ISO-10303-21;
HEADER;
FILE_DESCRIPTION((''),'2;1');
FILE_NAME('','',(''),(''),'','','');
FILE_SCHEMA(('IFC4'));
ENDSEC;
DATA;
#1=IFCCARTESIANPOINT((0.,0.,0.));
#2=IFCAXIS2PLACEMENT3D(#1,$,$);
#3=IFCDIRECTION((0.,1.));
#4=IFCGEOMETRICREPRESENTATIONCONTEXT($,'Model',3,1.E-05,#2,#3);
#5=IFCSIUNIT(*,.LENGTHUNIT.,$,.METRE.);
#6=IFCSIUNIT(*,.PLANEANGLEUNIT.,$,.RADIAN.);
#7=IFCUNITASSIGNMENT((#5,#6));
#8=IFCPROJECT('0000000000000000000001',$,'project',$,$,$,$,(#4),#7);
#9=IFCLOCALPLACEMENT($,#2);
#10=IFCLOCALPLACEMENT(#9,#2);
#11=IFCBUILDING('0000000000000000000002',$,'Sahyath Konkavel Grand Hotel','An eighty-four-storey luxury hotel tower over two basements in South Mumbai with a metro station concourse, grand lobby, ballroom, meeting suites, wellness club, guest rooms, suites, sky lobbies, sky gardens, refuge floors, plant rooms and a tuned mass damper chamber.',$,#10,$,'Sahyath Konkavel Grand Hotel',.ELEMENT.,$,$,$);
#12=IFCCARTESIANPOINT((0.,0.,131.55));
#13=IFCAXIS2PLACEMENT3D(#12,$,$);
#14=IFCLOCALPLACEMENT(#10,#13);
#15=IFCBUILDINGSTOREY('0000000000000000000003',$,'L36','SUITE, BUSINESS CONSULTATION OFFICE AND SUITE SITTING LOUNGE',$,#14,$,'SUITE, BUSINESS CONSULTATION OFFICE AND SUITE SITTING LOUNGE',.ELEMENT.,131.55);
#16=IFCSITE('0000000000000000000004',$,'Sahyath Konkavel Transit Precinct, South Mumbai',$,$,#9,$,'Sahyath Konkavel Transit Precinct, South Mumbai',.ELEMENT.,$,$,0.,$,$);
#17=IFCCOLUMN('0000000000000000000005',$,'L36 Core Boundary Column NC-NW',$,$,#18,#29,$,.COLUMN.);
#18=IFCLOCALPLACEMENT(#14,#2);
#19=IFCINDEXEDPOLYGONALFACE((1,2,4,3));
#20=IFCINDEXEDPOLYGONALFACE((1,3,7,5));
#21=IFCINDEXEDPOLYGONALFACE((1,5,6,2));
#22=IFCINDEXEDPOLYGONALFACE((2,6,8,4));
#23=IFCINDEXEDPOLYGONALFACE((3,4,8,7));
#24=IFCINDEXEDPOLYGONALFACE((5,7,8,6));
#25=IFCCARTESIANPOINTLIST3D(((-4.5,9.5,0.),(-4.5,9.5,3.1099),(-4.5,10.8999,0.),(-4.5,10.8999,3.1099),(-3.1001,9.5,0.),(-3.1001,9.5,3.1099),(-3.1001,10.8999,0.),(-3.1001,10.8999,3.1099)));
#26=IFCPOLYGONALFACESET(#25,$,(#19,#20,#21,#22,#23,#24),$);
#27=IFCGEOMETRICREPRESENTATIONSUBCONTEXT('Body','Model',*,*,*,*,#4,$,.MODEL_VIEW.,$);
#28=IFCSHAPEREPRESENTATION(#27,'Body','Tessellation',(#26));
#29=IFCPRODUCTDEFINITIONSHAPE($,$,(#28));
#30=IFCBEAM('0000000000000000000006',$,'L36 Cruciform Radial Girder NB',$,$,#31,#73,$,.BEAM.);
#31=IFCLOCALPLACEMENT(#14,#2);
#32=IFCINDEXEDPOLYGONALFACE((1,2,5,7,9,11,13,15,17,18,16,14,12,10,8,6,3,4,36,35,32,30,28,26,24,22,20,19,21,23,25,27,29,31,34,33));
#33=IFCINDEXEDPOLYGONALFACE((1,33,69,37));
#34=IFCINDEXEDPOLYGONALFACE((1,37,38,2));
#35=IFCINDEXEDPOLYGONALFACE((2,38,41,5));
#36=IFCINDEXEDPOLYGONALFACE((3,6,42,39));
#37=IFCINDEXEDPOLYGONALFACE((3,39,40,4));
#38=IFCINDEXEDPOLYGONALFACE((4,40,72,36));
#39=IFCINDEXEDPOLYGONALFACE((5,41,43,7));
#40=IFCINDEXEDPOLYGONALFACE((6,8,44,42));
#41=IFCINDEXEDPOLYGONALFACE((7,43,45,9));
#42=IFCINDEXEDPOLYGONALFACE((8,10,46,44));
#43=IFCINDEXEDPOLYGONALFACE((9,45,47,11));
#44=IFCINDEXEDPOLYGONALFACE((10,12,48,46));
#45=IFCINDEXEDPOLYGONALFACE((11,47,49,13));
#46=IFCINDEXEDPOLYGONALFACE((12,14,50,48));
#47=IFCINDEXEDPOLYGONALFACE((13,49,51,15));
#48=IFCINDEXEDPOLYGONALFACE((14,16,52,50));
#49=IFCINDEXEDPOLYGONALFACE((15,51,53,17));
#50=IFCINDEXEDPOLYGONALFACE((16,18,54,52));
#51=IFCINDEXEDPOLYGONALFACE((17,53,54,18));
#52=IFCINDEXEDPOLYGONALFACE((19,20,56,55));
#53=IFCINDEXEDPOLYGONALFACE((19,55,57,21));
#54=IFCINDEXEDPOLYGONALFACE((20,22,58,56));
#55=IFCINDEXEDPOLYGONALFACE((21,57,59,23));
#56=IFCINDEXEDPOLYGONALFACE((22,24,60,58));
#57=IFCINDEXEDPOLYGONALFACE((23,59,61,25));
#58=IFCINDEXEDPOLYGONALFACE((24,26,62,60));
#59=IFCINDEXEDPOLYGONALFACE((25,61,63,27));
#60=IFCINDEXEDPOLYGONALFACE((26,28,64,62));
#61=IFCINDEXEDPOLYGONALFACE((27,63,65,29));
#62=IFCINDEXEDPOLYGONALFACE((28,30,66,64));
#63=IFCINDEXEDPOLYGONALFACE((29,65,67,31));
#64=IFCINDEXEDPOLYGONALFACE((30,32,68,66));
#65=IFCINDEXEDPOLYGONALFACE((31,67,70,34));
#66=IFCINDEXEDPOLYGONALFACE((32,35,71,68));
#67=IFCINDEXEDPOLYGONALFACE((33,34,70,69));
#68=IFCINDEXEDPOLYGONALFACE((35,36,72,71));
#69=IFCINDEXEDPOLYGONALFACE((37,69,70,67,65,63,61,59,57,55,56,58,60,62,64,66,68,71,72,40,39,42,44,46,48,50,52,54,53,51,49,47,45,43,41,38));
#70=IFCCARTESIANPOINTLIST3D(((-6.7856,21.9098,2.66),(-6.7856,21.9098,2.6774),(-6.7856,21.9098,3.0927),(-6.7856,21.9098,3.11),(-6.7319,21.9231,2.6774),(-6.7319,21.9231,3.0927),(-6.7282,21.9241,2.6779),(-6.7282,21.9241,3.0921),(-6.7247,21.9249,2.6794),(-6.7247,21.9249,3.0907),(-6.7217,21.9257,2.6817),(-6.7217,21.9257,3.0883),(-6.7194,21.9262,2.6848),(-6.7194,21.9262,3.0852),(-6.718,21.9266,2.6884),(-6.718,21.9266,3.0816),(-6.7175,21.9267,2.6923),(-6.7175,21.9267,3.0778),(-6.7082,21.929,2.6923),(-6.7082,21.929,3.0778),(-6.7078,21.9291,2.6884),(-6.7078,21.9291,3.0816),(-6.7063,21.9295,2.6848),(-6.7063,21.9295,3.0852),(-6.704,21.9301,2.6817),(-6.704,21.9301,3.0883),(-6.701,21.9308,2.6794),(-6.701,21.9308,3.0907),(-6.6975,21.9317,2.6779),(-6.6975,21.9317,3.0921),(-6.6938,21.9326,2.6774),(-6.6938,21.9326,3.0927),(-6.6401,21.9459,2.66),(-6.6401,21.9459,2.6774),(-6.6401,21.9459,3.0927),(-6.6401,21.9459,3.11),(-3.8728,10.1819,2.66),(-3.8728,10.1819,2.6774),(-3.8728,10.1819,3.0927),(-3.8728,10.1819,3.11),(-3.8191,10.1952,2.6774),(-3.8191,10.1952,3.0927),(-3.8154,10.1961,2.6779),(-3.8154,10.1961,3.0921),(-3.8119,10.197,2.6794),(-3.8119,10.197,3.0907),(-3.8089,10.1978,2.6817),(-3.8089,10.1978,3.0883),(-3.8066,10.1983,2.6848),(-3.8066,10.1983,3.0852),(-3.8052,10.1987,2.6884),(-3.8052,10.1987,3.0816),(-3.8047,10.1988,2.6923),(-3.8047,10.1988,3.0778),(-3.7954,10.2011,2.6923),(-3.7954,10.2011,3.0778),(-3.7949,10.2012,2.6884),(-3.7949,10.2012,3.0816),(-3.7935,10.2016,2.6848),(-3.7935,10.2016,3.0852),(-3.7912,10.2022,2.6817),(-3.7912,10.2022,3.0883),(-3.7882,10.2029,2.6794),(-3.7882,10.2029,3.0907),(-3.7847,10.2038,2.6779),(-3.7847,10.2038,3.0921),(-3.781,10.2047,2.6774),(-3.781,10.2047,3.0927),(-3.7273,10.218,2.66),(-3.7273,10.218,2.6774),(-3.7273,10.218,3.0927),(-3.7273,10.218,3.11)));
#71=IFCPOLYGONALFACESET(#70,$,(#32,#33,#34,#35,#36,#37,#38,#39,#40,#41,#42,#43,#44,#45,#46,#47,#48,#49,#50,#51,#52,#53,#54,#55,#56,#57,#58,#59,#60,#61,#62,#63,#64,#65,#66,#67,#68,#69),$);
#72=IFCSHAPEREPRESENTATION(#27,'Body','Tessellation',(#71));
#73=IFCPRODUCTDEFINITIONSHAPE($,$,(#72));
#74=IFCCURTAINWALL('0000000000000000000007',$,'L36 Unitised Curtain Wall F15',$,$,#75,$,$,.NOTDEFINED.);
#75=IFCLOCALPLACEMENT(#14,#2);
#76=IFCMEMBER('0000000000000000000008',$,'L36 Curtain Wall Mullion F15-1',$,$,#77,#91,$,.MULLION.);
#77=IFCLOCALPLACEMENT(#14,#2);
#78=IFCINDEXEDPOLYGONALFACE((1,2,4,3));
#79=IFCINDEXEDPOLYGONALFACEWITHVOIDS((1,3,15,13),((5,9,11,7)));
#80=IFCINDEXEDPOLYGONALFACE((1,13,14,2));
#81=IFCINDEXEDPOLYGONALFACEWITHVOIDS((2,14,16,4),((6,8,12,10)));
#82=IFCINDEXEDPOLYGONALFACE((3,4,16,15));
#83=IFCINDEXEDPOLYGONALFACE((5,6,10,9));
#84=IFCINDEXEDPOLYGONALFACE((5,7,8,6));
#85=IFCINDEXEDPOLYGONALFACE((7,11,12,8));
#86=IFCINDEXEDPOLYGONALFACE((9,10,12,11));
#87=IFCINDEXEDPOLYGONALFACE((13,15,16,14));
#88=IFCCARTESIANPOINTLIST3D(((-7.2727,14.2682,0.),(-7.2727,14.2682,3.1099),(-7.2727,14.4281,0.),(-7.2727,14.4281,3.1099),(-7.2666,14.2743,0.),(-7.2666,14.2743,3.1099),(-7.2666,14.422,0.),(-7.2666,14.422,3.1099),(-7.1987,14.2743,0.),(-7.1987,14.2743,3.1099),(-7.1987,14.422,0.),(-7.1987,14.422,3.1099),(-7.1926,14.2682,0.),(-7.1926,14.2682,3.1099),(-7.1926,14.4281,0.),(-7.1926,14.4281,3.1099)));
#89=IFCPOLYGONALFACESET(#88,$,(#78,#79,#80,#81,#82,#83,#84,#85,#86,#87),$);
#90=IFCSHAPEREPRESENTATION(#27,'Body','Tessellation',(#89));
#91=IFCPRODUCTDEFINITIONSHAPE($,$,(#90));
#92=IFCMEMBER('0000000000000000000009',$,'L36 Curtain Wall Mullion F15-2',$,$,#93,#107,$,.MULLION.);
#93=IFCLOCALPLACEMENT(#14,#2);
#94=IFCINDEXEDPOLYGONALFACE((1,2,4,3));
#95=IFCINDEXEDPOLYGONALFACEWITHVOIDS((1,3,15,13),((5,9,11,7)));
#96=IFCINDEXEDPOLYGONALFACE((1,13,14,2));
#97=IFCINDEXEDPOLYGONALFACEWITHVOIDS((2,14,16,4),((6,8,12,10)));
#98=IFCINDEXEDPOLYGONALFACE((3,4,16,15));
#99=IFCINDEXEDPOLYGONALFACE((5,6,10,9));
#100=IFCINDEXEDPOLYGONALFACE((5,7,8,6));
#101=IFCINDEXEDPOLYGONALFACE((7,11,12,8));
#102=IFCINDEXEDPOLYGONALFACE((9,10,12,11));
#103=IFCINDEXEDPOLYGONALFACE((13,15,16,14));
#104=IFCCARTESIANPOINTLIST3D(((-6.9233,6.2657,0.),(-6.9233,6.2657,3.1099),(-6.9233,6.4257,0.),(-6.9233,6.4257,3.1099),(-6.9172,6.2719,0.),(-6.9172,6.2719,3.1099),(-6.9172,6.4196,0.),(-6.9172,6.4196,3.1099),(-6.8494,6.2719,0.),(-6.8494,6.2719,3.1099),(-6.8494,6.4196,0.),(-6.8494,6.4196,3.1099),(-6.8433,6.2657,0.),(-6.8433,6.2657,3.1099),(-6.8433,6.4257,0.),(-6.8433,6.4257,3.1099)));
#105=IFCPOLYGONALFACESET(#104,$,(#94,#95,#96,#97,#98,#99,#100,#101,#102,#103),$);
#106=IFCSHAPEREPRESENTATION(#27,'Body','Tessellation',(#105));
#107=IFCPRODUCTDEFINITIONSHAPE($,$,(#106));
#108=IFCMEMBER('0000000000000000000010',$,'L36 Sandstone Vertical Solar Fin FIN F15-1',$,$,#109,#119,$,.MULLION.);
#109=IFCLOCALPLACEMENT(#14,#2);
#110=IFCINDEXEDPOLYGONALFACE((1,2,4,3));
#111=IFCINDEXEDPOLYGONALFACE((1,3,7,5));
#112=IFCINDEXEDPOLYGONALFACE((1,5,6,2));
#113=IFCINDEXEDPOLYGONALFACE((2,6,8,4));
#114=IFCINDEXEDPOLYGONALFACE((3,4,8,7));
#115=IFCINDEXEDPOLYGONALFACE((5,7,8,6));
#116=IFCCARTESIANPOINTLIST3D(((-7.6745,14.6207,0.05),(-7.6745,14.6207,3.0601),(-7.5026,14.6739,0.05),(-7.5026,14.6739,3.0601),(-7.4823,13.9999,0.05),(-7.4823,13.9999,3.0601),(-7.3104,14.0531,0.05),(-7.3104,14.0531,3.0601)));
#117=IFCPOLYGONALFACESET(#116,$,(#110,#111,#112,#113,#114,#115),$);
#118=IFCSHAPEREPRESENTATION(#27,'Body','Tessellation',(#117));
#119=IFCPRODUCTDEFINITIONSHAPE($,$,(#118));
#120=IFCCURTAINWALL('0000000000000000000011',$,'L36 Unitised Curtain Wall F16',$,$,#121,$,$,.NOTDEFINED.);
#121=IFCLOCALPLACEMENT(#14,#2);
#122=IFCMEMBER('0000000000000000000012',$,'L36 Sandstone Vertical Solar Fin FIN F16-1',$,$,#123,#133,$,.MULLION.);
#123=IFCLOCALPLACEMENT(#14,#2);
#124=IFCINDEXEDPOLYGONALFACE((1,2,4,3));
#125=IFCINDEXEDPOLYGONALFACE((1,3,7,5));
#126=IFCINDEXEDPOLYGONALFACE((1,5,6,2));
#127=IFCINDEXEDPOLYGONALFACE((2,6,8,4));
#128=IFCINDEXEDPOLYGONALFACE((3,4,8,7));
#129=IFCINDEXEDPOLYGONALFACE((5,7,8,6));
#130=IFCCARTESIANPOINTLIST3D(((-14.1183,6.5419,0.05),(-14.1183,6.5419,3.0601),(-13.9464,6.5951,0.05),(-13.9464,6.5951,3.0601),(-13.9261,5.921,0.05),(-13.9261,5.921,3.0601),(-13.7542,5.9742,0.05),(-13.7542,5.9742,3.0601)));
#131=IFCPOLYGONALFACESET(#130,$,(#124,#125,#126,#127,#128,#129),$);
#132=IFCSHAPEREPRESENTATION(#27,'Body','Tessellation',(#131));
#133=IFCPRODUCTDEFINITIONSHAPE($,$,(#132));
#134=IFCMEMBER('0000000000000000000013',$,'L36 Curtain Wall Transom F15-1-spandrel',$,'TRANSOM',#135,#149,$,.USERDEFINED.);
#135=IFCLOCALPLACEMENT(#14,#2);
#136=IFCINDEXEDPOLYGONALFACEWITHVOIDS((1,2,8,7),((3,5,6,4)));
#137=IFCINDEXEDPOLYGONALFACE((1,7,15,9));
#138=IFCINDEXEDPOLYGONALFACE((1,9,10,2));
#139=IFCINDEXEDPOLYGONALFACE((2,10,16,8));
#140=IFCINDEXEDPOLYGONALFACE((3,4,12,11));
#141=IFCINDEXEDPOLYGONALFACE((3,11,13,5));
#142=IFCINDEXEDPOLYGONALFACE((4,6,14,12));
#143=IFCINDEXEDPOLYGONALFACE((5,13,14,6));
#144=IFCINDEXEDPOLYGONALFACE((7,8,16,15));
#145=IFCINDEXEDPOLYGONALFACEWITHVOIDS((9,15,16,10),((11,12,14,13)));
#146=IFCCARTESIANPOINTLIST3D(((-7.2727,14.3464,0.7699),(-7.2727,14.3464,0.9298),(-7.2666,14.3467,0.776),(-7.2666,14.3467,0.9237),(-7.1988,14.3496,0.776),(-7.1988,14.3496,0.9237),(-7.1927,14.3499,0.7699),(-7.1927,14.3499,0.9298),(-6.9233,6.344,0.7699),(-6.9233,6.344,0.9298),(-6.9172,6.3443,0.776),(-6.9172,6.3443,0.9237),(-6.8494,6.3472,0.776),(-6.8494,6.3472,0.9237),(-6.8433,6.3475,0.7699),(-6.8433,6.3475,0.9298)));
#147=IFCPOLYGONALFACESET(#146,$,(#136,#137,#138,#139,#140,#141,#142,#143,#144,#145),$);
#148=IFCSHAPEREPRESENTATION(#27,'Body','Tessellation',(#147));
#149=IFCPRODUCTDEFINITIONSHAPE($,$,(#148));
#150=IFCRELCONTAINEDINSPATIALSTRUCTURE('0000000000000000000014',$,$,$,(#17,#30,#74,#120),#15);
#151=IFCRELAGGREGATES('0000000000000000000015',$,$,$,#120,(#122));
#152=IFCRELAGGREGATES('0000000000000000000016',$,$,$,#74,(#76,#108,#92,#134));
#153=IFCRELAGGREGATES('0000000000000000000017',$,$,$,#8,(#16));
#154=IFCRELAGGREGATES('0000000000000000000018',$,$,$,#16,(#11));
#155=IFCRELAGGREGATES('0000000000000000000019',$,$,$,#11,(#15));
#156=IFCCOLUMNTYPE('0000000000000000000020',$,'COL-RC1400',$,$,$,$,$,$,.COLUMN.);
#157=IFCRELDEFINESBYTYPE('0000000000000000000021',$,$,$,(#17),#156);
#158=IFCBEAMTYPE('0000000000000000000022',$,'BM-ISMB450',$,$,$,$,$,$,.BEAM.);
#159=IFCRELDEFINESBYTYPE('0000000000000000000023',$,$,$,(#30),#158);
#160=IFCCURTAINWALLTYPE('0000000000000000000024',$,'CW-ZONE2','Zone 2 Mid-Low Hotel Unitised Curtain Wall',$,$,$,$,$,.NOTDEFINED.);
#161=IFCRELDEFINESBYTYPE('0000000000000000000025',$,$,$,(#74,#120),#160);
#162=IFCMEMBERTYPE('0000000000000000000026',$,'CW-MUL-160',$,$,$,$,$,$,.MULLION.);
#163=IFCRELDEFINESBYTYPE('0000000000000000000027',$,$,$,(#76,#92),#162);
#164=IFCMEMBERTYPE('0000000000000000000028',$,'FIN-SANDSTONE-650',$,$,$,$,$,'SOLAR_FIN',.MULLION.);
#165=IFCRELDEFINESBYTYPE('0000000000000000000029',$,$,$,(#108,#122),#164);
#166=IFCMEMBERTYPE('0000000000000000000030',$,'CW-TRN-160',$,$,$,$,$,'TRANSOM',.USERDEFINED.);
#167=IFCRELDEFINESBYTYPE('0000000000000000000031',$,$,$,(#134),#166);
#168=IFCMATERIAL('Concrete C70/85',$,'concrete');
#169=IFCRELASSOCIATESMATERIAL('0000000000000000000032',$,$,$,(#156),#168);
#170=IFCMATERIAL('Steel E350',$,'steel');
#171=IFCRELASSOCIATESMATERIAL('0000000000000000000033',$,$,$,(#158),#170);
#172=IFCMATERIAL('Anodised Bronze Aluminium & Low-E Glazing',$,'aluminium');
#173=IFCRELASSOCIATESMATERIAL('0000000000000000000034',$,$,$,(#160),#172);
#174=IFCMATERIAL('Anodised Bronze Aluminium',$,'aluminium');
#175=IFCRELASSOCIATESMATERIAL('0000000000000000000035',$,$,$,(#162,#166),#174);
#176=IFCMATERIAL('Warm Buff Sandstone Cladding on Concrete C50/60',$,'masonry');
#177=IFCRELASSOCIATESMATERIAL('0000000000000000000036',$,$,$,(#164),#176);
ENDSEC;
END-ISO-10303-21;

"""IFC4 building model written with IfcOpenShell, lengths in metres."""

from ifc_helpers import new_model, si_unit, direction, frame, origin, origin_2d, place, context, subcontext, project, spatial, rectangle, hollow_rectangle, i_section, extrude, source, transform, mapped, material, material_profile, profile_set, type_object, element, aggregate, save


model = new_model("IFC4")

# Units and contexts
model_context = context("Model", 3, precision=1e-05, world=origin(), true_north=direction((0.0, 1.0)))
body_context = subcontext(model_context, "Body", "Model", "MODEL_VIEW")
ifc_project = project(units=[si_unit("LENGTHUNIT", "METRE"), si_unit("PLANEANGLEUNIT", "RADIAN")], contexts=[model_context])

# Site, building, storey
site_placement = place(None, origin())
site = spatial("IfcSite", under=ifc_project, at=site_placement, Name="Sahyath Konkavel Transit Precinct, South Mumbai", LongName="Sahyath Konkavel Transit Precinct, South Mumbai", CompositionType="ELEMENT", RefElevation=0.0)
building_placement = place(site_placement, origin())
building = spatial("IfcBuilding", under=site, at=building_placement, Name="Sahyath Konkavel Grand Hotel", Description="An eighty-four-storey luxury hotel tower over two basements in South Mumbai with a metro station concourse, grand lobby, ballroom, meeting suites, wellness club, guest rooms, suites, sky lobbies, sky gardens, refuge floors, plant rooms and a tuned mass damper chamber.", LongName="Sahyath Konkavel Grand Hotel", CompositionType="ELEMENT")
storey_placement = place(building_placement, frame((0.0, 0.0, 131.55)))
storey = spatial("IfcBuildingStorey", under=building, at=storey_placement, Name="L36", Description="SUITE, BUSINESS CONSULTATION OFFICE AND SUITE SITTING LOUNGE", LongName="SUITE, BUSINESS CONSULTATION OFFICE AND SUITE SITTING LOUNGE", CompositionType="ELEMENT", Elevation=131.55)

# Column
ifc_material_1 = material(Name="Concrete C70/85", Category="concrete")
ifc_material_profile_1 = material_profile(ifc_material_1, rectangle(XDim=1.3999, YDim=1.3999, at=origin_2d()), Name="RC 1400x1400")
ifc_profile_set_1 = profile_set([ifc_material_profile_1], Name="Concrete C70/85")
column_type = type_object("IfcColumnType", Name="COL-RC1400", PredefinedType="COLUMN", material=ifc_profile_set_1)
shared_shape_1 = source(origin(), body_context, "Body", "SweptSolid", [
    extrude(rectangle(XDim=1.3999, YDim=1.3999, at=origin_2d()), origin(), (0.0, 0.0, 1.0), 3.1099),
])
column_placement = place(storey_placement, frame((-3.8, 10.2, 0.0), z_axis=(0.0, 0.0, 1.0), x_axis=(1.0, 0.0, 0.0)))
element("IfcColumn", 1, at=column_placement, inside=storey, type_object=column_type, Name="L36 Core Boundary Column NC-NW", PredefinedType="COLUMN", context=body_context, shape_type="MappedRepresentation", body=[
    mapped(shared_shape_1, transform((0.0, 0.0, 0.0), scale=1.0)),
])

# Beam
ifc_material_2 = material(Name="Steel E350", Category="steel")
ifc_material_profile_2 = material_profile(ifc_material_2, i_section(OverallWidth=0.1499, OverallDepth=0.45, WebThickness=0.0095, FlangeThickness=0.0173, FilletRadius=0.0149, at=origin_2d()), Name="ISMB 450")
ifc_profile_set_2 = profile_set([ifc_material_profile_2], Name="Steel E350")
beam_type_1 = type_object("IfcBeamType", Name="BM-ISMB450", PredefinedType="BEAM", material=ifc_profile_set_2)
shared_shape_2 = source(origin(), body_context, "Body", "SweptSolid", [
    extrude(i_section(OverallWidth=0.1499, OverallDepth=0.45, WebThickness=0.0095, FlangeThickness=0.0173, FilletRadius=0.0149, at=origin_2d()), origin(), (0.0, 0.0, 1.0), 12.0842),
])
beam_1_placement = place(storey_placement, frame((-3.8, 10.2, 2.885), z_axis=(-0.241043, 0.970515, 0.0), x_axis=(-0.970515, -0.241043, 0.0)))
element("IfcBeam", 2, at=beam_1_placement, inside=storey, type_object=beam_type_1, Name="L36 Cruciform Radial Girder NB", PredefinedType="BEAM", context=body_context, shape_type="MappedRepresentation", body=[
    mapped(shared_shape_2, transform((0.0, 0.0, 0.0), scale=1.0)),
])

# Curtain wall, members
ifc_material_3 = material(Name="Anodised Bronze Aluminium & Low-E Glazing", Category="aluminium")
curtain_wall_type = type_object("IfcCurtainWallType", Name="CW-ZONE2", Description="Zone 2 Mid-Low Hotel Unitised Curtain Wall", PredefinedType="NOTDEFINED", material=ifc_material_3)
curtain_wall_1_placement = place(storey_placement, origin())
curtain_wall_1 = element("IfcCurtainWall", 3, at=curtain_wall_1_placement, inside=storey, type_object=curtain_wall_type, Name="L36 Unitised Curtain Wall F15", PredefinedType="NOTDEFINED")
ifc_material_4 = material(Name="Anodised Bronze Aluminium", Category="aluminium")
ifc_material_profile_3 = material_profile(ifc_material_4, hollow_rectangle(XDim=0.0801, YDim=0.1599, WallThickness=0.0061, at=origin_2d()), Name="RHS 160x80x6")
ifc_profile_set_3 = profile_set([ifc_material_profile_3], Name="Anodised Bronze Aluminium")
member_type_1 = type_object("IfcMemberType", Name="CW-MUL-160", PredefinedType="MULLION", material=ifc_profile_set_3)
shared_shape_3 = source(origin(), body_context, "Body", "SweptSolid", [
    extrude(hollow_rectangle(XDim=0.0801, YDim=0.1599, WallThickness=0.0061, at=origin_2d()), origin(), (0.0, 0.0, 1.0), 3.1099),
])
member_1_placement = place(storey_placement, frame((-7.2327, 14.3481, 0.0), z_axis=(0.0, 0.0, 1.0), x_axis=(1.0, 0.0, 0.0)))
member_1 = element("IfcMember", 4, at=member_1_placement, type_object=member_type_1, Name="L36 Curtain Wall Mullion F15-1", PredefinedType="MULLION", context=body_context, shape_type="MappedRepresentation", body=[
    mapped(shared_shape_3, transform((0.0, 0.0, 0.0), scale=1.0)),
])
member_2_placement = place(storey_placement, frame((-6.8833, 6.3457, 0.0), z_axis=(0.0, 0.0, 1.0), x_axis=(1.0, 0.0, 0.0)))
member_2 = element("IfcMember", 5, at=member_2_placement, type_object=member_type_1, Name="L36 Curtain Wall Mullion F15-2", PredefinedType="MULLION", context=body_context, shape_type="MappedRepresentation", body=[
    mapped(shared_shape_3, transform((0.0, 0.0, 0.0), scale=1.0)),
])
ifc_material_5 = material(Name="Warm Buff Sandstone Cladding on Concrete C50/60", Category="masonry")
ifc_material_profile_4 = material_profile(ifc_material_5, rectangle(XDim=0.1799, YDim=0.6499, at=origin_2d()), Name="FIN 180x650")
ifc_profile_set_4 = profile_set([ifc_material_profile_4], Name="Warm Buff Sandstone Cladding on Concrete C50/60")
member_type_2 = type_object("IfcMemberType", Name="FIN-SANDSTONE-650", ElementType="SOLAR_FIN", PredefinedType="MULLION", material=ifc_profile_set_4)
shared_shape_4 = source(origin(), body_context, "Body", "SweptSolid", [
    extrude(rectangle(XDim=0.1799, YDim=0.6499, at=origin_2d()), origin(), (0.0, 0.0, 1.0), 3.01),
])
member_3_placement = place(storey_placement, frame((-7.4924, 14.3369, 0.05), z_axis=(0.0, 0.0, 1.0), x_axis=(0.955278, 0.295708, 0.0)))
member_3 = element("IfcMember", 6, at=member_3_placement, type_object=member_type_2, Name="L36 Sandstone Vertical Solar Fin FIN F15-1", PredefinedType="MULLION", context=body_context, shape_type="MappedRepresentation", body=[
    mapped(shared_shape_4, transform((0.0, 0.0, 0.0), scale=1.0)),
])

# Curtain wall, member
curtain_wall_2_placement = place(storey_placement, origin())
curtain_wall_2 = element("IfcCurtainWall", 7, at=curtain_wall_2_placement, inside=storey, type_object=curtain_wall_type, Name="L36 Unitised Curtain Wall F16", PredefinedType="NOTDEFINED")
member_4_placement = place(storey_placement, frame((-13.9363, 6.2581, 0.05), z_axis=(0.0, 0.0, 1.0), x_axis=(0.955278, 0.295708, 0.0)))
member_4 = element("IfcMember", 8, at=member_4_placement, type_object=member_type_2, Name="L36 Sandstone Vertical Solar Fin FIN F16-1", PredefinedType="MULLION", context=body_context, shape_type="MappedRepresentation", body=[
    mapped(shared_shape_4, transform((0.0, 0.0, 0.0), scale=1.0)),
])
aggregate(curtain_wall_2, [member_4])

# Member
ifc_material_profile_5 = material_profile(ifc_material_4, hollow_rectangle(XDim=0.0801, YDim=0.1599, WallThickness=0.0061, at=origin_2d()), Name="RHS 160x80x6")
ifc_profile_set_5 = profile_set([ifc_material_profile_5], Name="Anodised Bronze Aluminium")
member_type_3 = type_object("IfcMemberType", Name="CW-TRN-160", ElementType="TRANSOM", PredefinedType="USERDEFINED", material=ifc_profile_set_5)
shared_shape_5 = source(origin(), body_context, "Body", "SweptSolid", [
    extrude(hollow_rectangle(XDim=0.0801, YDim=0.1599, WallThickness=0.0061, at=origin_2d()), origin(), (0.0, 0.0, 1.0), 8.01),
])
member_5_placement = place(storey_placement, frame((-7.2327, 14.3481, 0.8499), z_axis=(0.043616, -0.999048, 0.0), x_axis=(0.999048, 0.043616, 0.0)))
member_5 = element("IfcMember", 9, at=member_5_placement, type_object=member_type_3, Name="L36 Curtain Wall Transom F15-1-spandrel", ObjectType="TRANSOM", PredefinedType="USERDEFINED", context=body_context, shape_type="MappedRepresentation", body=[
    mapped(shared_shape_5, transform((0.0, 0.0, 0.0), scale=1.0)),
])

aggregate(curtain_wall_1, [member_1, member_3, member_2, member_5])

save(model, "model.ifc")
